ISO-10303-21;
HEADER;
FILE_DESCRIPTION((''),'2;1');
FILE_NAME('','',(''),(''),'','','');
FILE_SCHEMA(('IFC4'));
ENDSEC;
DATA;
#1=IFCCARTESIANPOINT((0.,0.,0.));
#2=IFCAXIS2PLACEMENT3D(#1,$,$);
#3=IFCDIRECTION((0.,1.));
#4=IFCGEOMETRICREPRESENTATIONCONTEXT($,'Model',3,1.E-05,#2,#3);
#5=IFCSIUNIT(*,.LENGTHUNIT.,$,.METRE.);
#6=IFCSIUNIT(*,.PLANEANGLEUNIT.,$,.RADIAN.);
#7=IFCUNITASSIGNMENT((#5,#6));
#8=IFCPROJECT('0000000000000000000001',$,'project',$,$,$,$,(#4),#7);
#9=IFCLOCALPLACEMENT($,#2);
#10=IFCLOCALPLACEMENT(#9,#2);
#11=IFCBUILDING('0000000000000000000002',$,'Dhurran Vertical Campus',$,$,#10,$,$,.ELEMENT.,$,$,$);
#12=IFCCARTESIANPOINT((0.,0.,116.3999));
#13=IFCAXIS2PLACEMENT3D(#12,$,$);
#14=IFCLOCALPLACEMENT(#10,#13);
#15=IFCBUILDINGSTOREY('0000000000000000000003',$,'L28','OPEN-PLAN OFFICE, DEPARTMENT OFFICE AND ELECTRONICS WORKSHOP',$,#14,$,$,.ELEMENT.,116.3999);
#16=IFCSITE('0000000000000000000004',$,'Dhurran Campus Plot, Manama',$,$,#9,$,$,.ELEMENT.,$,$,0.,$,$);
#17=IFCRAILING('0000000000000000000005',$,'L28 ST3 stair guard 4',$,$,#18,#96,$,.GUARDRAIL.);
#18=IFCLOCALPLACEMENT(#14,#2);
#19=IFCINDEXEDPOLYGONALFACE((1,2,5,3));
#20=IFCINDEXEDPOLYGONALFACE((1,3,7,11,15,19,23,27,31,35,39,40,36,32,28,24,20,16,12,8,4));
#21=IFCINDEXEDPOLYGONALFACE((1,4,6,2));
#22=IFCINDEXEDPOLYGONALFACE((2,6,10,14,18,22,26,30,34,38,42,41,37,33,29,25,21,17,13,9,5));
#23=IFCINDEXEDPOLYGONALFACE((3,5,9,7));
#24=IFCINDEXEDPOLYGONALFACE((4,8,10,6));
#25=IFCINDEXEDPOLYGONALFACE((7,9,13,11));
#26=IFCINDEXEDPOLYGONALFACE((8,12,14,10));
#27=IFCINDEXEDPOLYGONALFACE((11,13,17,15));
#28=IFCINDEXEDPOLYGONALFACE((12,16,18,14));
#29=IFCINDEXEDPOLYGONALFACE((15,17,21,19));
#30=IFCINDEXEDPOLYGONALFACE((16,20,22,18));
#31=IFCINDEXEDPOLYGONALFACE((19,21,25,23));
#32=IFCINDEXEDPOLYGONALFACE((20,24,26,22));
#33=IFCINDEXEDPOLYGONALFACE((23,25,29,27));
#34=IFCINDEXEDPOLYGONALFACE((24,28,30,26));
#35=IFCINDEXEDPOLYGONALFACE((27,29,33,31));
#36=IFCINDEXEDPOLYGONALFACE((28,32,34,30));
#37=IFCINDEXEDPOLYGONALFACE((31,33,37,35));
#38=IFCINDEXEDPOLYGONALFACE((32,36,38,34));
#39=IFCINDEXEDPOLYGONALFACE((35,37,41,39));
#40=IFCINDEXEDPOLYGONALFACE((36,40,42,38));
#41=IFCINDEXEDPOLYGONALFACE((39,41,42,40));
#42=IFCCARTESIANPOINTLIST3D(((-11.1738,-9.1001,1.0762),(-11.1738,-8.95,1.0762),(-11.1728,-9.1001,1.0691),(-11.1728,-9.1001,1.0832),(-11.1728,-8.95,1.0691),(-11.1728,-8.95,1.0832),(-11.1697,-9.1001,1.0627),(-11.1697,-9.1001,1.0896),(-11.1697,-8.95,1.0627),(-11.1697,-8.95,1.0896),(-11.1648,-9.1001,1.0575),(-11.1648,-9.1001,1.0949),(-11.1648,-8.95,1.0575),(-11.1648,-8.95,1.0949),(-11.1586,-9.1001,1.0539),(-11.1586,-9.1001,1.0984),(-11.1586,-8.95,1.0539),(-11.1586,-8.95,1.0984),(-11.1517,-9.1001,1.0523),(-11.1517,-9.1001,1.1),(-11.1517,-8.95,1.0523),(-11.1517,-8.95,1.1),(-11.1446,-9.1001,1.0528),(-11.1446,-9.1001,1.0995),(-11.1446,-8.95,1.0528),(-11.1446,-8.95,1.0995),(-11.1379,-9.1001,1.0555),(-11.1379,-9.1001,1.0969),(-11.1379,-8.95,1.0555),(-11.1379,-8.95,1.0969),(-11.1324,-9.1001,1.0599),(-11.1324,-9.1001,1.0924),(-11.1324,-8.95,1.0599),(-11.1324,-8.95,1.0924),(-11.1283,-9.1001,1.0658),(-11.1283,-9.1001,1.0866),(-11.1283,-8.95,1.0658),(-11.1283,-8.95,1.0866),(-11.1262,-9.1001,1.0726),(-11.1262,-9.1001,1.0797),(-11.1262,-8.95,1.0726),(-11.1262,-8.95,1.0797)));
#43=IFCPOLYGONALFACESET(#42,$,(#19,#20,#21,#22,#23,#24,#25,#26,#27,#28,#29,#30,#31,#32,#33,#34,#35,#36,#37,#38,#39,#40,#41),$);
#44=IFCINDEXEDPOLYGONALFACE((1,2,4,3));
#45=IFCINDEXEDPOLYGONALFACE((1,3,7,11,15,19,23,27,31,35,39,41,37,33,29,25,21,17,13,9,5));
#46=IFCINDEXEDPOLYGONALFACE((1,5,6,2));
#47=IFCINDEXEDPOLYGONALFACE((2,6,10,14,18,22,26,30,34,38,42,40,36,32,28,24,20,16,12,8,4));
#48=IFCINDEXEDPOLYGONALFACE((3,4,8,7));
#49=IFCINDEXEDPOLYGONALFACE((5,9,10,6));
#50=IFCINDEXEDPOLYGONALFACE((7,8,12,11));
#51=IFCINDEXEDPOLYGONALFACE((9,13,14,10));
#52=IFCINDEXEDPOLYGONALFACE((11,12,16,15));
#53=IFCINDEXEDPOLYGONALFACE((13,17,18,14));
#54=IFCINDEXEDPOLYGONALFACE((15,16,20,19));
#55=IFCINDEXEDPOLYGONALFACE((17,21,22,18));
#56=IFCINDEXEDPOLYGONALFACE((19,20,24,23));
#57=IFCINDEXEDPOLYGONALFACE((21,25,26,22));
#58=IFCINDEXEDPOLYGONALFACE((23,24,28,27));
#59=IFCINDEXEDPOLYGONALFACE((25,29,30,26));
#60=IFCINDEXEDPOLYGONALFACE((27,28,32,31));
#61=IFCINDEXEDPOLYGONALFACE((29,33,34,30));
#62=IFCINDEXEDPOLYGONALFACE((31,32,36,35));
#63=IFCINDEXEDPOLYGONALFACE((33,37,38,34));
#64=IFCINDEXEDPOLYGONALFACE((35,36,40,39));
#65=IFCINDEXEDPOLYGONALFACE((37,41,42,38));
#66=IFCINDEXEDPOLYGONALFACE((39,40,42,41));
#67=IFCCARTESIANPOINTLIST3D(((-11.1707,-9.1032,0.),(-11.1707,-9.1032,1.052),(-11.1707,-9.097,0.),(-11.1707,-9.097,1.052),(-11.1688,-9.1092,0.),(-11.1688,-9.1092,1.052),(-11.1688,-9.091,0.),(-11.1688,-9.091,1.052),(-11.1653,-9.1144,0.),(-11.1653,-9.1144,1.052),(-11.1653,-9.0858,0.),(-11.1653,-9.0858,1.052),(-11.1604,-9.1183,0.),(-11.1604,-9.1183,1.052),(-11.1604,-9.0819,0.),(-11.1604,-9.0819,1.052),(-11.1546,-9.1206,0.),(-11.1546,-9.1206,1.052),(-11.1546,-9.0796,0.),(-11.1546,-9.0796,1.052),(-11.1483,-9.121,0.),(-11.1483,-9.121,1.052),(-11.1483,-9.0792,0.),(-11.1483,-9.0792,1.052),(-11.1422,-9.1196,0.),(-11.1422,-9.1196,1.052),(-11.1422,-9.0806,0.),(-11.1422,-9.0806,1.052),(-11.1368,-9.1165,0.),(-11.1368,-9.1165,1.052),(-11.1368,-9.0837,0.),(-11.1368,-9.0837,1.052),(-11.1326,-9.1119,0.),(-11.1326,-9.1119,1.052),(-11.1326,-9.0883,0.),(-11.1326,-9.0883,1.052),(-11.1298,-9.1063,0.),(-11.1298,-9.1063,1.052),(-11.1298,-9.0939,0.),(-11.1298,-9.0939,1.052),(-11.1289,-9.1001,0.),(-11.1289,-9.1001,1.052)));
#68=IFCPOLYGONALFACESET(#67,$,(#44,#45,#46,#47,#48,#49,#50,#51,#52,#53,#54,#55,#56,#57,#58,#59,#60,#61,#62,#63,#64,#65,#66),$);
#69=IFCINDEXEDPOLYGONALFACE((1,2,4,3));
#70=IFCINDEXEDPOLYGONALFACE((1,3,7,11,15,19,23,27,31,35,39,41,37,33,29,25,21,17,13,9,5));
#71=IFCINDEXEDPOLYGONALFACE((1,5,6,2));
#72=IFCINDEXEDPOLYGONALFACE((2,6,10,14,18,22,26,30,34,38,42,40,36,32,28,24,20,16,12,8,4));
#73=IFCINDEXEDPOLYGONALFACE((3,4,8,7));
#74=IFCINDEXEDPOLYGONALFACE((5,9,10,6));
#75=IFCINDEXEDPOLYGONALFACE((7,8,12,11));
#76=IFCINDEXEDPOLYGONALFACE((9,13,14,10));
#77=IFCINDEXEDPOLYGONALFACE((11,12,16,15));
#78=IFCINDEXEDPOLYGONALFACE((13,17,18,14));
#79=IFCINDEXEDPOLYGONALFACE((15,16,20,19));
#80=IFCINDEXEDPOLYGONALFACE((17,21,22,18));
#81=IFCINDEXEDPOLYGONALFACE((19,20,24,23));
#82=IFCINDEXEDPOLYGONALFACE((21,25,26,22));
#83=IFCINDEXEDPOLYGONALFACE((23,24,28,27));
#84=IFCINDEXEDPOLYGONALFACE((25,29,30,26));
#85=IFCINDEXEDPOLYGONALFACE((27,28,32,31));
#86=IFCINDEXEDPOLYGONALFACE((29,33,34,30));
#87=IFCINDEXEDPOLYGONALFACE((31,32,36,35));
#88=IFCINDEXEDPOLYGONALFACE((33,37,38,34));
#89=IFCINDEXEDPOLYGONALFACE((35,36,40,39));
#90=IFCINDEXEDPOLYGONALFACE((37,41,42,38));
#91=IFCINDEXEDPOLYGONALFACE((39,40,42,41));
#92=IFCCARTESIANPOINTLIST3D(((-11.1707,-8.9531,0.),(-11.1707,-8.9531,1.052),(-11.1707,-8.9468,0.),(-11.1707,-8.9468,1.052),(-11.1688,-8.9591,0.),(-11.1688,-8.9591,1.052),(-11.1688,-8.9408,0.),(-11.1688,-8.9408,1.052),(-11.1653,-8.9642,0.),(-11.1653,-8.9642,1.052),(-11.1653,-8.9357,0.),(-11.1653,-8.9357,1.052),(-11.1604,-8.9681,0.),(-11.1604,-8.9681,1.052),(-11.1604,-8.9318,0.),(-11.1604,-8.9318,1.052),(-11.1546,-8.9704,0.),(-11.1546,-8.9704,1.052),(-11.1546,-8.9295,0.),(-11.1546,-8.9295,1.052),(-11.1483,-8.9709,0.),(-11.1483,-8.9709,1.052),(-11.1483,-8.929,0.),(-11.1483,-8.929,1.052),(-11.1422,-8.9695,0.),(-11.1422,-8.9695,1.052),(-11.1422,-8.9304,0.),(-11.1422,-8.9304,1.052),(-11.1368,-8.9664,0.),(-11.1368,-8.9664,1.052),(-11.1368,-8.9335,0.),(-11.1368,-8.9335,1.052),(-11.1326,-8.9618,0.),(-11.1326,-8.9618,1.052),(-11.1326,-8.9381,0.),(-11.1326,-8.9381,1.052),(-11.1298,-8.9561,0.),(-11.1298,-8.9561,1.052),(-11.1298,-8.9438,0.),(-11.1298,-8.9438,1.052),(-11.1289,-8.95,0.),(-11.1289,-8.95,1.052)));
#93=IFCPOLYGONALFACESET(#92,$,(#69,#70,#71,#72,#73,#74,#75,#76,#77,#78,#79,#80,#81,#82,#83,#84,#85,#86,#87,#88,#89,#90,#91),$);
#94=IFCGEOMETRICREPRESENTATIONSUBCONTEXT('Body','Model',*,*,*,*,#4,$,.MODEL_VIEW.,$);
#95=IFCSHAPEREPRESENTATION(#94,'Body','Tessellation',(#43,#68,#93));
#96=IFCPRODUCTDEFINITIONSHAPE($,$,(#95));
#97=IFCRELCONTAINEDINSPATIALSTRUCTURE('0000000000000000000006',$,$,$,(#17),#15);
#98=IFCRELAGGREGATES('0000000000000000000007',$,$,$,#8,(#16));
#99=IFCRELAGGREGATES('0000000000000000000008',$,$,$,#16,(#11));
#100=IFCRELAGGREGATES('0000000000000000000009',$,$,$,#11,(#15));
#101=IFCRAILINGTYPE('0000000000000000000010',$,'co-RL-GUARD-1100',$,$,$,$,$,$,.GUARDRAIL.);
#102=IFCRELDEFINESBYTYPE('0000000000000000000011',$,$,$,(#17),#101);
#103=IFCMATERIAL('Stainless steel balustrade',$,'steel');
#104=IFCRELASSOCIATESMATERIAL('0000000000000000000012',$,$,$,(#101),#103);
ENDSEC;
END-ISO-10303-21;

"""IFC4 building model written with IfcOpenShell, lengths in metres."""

from ifc_helpers import new_model, si_unit, direction, frame, origin, origin_2d, place, context, subcontext, project, spatial, circle, extrude, material, type_object, element, save


model = new_model("IFC4")

# Units and contexts
model_context = context("Model", 3, precision=1e-05, world=origin(), true_north=direction((0.0, 1.0)))
body_context = subcontext(model_context, "Body", "Model", "MODEL_VIEW")
ifc_project = project(units=[si_unit("LENGTHUNIT", "METRE"), si_unit("PLANEANGLEUNIT", "RADIAN")], contexts=[model_context])

# Site, building, storey
site_placement = place(None, origin())
site = spatial("IfcSite", under=ifc_project, at=site_placement, Name="Dhurran Campus Plot, Manama", CompositionType="ELEMENT", RefElevation=0.0)
building_placement = place(site_placement, origin())
building = spatial("IfcBuilding", under=site, at=building_placement, Name="Dhurran Vertical Campus", CompositionType="ELEMENT")
storey_placement = place(building_placement, frame((0.0, 0.0, 116.3999)))
storey = spatial("IfcBuildingStorey", under=building, at=storey_placement, Name="L28", Description="OPEN-PLAN OFFICE, DEPARTMENT OFFICE AND ELECTRONICS WORKSHOP", CompositionType="ELEMENT", Elevation=116.3999)

# Railing
ifc_material_1 = material(Name="Stainless steel balustrade", Category="steel")
railing_type_1 = type_object("IfcRailingType", Name="co-RL-GUARD-1100", PredefinedType="GUARDRAIL", material=ifc_material_1)
railing_1_placement = place(storey_placement, frame((-11.1499, -9.1001, 0.0)))
element("IfcRailing", 1, at=railing_1_placement, inside=storey, type_object=railing_type_1, Name="L28 ST3 stair guard 4", PredefinedType="GUARDRAIL", context=body_context, shape_type="SweptSolid", body=[
    extrude(circle(Radius=0.0239, at=origin_2d()), frame((0.0, 0.0, 1.0762), z_axis=(0.0, 1.0, 0.0), x_axis=(-1.0, 0.0, 0.0)), (0.0, 0.0, 1.0), 0.1501),
    extrude(circle(Radius=0.021, at=origin_2d()), origin(), (0.0, 0.0, 1.0), 1.052),
    extrude(circle(Radius=0.021, at=origin_2d()), frame((0.0, 0.1501, 0.0)), (0.0, 0.0, 1.0), 1.052),
])

save(model, "model.ifc")
